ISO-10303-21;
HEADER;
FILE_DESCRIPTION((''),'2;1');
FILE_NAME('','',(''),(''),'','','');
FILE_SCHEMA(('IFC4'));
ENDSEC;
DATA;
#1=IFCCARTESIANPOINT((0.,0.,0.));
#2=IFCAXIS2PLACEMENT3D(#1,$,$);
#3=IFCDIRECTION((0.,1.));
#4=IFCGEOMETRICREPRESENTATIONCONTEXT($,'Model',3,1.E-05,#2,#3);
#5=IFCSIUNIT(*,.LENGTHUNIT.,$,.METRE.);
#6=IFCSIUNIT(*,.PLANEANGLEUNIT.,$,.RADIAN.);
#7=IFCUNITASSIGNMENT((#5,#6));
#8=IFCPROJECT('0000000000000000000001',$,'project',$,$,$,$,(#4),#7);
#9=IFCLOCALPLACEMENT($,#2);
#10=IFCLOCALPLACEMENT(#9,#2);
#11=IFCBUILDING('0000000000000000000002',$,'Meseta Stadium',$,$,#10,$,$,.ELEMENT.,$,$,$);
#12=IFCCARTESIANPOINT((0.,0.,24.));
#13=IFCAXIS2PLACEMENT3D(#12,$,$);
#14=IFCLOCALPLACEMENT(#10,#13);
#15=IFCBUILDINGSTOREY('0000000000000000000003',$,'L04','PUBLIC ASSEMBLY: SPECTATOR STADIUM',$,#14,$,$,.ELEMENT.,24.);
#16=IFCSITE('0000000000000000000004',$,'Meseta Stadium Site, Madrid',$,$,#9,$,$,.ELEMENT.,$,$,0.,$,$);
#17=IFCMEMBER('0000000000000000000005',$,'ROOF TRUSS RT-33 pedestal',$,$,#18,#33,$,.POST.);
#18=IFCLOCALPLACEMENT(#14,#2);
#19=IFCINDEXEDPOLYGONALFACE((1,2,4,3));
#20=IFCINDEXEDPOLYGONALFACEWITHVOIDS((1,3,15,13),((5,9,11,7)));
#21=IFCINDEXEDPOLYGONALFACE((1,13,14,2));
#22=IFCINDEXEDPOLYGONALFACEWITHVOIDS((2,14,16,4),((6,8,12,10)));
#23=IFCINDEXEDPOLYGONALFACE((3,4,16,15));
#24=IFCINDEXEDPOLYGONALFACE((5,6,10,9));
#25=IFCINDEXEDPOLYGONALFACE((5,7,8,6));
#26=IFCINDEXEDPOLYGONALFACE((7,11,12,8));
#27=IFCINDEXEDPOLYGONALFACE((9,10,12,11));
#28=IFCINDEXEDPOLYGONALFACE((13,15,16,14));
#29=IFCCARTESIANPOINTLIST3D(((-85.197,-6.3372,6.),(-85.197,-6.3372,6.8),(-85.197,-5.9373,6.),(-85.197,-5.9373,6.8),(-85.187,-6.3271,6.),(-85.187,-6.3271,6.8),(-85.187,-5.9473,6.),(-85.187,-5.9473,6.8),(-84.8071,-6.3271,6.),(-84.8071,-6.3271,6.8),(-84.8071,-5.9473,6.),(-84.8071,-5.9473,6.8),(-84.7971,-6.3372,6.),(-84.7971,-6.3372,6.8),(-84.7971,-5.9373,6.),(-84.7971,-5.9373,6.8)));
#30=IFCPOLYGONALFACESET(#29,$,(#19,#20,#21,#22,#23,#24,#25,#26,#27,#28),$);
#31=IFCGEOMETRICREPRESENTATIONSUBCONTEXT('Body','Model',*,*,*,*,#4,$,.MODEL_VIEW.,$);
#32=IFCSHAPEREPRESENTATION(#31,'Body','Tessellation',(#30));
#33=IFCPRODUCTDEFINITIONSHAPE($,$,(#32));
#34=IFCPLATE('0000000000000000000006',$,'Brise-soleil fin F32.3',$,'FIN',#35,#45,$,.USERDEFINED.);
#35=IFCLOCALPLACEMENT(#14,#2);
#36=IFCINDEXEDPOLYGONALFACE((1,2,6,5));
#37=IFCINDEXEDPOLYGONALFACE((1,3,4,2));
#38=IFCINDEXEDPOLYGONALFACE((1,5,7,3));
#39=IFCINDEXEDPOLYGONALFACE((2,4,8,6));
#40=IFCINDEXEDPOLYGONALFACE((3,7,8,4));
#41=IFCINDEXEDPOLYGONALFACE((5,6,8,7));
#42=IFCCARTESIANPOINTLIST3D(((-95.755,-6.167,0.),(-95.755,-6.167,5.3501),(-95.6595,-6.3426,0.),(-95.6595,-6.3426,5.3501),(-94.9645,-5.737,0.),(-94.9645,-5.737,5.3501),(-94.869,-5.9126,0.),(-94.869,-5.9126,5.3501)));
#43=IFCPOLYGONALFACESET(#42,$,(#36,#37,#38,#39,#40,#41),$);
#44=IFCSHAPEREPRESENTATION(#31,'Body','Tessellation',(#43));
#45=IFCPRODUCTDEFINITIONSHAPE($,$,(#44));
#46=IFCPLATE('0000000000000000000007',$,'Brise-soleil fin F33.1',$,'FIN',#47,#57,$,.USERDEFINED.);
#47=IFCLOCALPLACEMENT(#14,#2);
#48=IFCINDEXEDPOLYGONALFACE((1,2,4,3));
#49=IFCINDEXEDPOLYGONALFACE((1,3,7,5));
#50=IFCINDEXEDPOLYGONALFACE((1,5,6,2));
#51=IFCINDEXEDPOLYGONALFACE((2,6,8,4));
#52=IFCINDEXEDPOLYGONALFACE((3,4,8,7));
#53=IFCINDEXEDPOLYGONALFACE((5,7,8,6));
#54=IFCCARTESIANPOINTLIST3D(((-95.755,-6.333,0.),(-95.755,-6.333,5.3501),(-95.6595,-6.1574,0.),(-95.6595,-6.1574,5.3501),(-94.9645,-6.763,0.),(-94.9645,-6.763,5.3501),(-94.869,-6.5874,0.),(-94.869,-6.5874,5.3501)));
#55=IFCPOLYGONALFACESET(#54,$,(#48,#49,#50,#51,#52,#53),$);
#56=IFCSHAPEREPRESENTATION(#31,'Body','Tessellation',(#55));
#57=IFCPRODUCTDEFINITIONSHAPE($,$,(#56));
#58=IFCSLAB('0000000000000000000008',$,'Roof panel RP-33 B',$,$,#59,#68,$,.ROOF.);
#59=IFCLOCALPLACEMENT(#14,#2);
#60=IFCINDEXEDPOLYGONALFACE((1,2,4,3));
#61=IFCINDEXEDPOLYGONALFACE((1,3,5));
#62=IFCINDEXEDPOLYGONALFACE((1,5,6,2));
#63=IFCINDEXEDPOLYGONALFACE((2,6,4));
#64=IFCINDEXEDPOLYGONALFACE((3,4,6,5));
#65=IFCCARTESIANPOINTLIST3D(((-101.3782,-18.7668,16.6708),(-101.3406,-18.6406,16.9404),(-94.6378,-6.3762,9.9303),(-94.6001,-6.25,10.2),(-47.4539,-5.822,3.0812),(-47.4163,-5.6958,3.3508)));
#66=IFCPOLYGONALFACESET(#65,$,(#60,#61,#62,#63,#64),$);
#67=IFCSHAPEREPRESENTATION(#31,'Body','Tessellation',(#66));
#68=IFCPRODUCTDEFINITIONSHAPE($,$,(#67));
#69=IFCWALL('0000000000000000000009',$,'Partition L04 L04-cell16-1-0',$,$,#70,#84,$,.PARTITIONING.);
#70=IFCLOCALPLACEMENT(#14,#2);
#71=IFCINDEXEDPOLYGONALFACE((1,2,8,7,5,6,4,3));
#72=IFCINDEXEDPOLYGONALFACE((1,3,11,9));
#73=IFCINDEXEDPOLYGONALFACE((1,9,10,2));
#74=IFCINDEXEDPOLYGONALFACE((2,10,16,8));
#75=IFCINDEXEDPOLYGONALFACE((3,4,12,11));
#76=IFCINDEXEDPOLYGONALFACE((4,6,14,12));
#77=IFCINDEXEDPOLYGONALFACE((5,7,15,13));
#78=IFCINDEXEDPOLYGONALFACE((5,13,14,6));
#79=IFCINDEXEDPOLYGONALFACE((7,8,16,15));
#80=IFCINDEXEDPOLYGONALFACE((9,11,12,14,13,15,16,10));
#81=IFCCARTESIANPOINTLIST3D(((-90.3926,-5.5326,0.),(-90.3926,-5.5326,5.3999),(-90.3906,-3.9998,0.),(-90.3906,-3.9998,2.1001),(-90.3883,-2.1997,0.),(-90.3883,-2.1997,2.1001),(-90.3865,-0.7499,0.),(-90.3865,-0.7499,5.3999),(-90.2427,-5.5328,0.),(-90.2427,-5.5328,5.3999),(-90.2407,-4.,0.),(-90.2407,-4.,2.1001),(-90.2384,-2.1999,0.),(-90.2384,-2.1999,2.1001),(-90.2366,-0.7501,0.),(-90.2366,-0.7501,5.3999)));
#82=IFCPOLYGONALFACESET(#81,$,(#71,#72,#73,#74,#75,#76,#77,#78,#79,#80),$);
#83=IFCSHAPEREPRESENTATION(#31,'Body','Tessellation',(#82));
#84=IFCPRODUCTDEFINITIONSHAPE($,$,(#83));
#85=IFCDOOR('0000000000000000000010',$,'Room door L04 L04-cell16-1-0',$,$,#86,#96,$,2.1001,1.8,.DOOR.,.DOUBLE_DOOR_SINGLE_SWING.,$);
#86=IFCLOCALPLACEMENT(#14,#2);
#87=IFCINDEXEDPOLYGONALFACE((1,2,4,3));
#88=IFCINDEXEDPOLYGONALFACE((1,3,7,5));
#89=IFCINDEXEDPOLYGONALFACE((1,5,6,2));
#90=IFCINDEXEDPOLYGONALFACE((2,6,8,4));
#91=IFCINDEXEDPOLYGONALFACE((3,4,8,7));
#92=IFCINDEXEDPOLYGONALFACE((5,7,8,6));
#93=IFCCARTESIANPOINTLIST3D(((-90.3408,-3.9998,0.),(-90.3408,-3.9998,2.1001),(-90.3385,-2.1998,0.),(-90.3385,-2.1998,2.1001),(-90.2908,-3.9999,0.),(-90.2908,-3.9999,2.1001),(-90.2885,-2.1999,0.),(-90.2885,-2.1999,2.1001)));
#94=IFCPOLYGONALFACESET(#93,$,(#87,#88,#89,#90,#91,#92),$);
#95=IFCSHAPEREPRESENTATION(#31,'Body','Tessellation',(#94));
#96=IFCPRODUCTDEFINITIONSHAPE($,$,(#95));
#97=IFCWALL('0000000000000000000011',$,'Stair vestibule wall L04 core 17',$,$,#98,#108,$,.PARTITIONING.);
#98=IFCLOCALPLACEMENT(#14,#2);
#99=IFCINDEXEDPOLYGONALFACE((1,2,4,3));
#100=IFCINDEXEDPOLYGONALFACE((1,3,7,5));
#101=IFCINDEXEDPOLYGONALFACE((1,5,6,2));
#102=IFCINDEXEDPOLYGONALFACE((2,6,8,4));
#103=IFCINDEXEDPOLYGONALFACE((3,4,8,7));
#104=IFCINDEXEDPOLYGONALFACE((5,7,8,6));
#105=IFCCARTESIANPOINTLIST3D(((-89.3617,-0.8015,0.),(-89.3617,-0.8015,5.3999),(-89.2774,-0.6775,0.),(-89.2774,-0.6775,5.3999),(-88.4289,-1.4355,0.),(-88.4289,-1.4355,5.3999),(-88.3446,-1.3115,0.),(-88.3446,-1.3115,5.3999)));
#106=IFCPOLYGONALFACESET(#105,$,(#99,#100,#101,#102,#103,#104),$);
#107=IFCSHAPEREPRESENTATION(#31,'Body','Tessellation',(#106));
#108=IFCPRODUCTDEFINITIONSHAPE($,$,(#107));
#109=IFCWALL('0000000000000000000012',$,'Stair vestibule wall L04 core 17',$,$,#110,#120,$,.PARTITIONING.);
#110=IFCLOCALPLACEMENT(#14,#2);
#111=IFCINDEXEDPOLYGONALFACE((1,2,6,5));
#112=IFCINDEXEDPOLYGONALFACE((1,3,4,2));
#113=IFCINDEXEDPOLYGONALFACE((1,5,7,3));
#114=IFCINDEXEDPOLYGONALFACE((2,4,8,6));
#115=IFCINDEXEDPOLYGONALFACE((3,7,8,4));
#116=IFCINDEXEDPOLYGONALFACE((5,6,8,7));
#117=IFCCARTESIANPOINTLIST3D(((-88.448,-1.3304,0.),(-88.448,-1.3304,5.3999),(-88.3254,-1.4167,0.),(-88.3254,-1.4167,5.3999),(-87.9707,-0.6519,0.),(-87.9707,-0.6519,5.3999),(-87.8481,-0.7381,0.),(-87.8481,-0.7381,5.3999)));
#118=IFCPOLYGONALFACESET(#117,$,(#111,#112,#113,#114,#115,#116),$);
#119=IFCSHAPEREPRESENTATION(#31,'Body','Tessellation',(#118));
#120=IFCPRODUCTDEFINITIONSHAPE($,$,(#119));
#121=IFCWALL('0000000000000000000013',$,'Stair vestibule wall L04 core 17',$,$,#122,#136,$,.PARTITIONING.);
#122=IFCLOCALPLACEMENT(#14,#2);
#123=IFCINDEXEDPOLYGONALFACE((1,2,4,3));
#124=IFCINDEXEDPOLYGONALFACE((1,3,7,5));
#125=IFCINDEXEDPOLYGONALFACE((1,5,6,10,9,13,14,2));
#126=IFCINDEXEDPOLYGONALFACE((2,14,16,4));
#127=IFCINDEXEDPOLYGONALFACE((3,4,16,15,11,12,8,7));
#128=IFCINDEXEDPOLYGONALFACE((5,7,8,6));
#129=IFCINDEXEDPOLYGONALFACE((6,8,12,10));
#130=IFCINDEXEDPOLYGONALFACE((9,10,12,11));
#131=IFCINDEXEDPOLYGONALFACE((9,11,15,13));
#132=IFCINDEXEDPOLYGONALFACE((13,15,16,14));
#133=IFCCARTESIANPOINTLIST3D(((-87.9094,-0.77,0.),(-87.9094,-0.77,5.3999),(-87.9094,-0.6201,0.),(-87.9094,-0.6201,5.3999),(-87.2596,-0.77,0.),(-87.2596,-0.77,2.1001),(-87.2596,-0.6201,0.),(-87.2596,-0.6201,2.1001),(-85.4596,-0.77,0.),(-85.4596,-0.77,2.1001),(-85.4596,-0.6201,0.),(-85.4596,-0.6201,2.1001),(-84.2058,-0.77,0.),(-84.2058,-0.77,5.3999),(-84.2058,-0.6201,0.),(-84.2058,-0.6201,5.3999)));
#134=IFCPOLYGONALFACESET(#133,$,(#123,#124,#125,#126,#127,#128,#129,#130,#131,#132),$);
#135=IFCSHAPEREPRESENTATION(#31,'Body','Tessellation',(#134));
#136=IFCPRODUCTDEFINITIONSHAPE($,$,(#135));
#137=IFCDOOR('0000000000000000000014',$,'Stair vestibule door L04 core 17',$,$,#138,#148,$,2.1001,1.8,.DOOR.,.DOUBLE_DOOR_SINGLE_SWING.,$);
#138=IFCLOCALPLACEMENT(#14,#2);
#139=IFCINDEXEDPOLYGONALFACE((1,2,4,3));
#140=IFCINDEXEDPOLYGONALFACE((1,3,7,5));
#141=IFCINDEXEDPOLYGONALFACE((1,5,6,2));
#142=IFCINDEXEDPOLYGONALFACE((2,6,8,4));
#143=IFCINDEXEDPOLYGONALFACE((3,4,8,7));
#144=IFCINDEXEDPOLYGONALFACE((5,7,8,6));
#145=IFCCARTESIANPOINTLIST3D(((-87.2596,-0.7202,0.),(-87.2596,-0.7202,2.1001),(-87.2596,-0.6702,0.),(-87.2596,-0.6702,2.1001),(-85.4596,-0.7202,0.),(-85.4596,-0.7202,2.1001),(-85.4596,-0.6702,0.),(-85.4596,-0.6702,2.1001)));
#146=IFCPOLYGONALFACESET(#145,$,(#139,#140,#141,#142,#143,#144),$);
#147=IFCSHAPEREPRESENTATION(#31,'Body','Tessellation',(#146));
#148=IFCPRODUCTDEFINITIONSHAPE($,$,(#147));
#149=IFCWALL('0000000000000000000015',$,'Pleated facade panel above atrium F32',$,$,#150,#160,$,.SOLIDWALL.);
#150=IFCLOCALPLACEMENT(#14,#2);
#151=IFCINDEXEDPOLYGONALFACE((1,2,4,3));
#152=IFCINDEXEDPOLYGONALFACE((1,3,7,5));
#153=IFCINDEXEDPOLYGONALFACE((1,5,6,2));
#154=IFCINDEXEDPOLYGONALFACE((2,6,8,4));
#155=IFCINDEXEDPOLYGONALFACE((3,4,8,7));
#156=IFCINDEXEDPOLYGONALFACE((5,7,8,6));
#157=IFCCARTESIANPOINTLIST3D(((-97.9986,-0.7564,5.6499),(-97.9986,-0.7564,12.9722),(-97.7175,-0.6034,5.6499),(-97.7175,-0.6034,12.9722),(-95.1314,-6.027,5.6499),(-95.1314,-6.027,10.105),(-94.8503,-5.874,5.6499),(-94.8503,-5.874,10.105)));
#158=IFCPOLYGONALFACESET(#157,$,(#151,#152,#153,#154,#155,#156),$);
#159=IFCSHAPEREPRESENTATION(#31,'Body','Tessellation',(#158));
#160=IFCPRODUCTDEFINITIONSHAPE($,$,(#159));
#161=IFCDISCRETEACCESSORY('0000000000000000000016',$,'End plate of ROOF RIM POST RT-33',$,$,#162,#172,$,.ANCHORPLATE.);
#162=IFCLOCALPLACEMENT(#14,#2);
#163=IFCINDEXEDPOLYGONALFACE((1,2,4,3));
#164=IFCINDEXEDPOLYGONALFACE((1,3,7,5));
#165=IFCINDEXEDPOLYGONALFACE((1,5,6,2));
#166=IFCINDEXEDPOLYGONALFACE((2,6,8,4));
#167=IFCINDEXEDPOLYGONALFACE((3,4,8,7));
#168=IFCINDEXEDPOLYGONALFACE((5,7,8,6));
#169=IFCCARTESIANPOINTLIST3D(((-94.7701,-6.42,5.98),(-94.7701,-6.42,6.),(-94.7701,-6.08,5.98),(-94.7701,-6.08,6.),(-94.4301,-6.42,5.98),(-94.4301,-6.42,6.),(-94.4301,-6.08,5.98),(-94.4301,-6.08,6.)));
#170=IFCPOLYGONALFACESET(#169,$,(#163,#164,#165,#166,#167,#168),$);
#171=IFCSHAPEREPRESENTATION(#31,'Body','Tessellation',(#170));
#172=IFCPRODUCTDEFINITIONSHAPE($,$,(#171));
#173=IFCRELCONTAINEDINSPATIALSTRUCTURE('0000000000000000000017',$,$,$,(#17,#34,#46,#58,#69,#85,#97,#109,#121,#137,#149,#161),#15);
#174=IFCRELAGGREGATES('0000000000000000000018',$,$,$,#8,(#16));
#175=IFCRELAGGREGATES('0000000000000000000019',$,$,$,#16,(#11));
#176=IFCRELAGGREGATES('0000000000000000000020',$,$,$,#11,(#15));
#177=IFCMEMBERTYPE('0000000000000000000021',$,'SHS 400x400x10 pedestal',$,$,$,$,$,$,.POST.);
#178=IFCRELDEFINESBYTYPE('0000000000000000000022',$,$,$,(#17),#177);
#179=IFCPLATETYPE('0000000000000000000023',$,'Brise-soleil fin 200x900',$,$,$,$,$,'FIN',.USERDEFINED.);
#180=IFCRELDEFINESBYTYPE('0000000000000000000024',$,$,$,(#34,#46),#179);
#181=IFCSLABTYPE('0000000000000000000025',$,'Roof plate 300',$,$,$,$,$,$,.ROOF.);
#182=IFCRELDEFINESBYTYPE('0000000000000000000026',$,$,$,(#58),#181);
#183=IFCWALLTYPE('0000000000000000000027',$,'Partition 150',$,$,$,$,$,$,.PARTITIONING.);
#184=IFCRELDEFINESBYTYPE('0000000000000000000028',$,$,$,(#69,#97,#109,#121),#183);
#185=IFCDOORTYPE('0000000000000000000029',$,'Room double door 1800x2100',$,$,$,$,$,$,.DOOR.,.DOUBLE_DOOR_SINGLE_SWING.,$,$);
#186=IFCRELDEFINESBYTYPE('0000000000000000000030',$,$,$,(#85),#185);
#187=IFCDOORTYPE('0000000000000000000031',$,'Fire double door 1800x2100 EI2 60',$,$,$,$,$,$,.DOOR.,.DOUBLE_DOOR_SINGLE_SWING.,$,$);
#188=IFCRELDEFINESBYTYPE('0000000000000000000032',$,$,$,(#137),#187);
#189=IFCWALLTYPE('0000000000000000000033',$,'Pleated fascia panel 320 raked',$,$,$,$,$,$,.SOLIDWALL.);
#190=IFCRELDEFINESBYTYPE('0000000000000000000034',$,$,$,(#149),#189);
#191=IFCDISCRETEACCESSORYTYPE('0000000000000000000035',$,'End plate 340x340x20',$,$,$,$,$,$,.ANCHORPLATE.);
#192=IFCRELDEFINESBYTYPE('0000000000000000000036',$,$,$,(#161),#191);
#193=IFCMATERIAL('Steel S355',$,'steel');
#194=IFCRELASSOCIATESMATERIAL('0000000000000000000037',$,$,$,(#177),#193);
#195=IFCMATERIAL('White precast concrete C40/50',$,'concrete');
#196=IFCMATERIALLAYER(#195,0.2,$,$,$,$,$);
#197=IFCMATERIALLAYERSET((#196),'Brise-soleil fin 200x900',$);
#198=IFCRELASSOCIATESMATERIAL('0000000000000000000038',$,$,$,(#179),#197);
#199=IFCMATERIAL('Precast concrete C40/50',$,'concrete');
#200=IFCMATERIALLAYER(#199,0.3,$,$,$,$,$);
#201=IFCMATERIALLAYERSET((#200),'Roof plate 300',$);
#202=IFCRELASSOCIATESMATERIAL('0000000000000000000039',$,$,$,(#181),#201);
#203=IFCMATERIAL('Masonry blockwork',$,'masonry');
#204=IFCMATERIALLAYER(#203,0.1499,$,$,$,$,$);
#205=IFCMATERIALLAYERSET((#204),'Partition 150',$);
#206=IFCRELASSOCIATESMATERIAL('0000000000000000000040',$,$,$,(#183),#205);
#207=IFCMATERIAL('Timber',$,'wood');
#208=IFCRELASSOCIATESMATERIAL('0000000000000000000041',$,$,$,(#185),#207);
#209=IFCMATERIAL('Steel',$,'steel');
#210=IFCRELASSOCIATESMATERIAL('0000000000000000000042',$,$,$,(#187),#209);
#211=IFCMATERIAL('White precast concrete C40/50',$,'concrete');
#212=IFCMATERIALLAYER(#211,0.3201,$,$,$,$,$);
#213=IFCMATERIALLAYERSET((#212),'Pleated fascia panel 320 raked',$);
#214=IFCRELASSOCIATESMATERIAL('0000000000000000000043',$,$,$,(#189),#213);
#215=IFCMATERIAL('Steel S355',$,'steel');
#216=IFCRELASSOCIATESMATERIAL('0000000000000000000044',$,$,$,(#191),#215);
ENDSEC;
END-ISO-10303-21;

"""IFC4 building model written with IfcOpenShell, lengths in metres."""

from ifc_helpers import new_model, si_unit, direction, frame, frame_2d, origin, origin_2d, place, context, subcontext, project, spatial, polyline, rectangle, hollow_rectangle, outline, extrude, material, layer, layer_set, material_profile, profile_set, type_object, element, fill, save


model = new_model("IFC4")

# Units and contexts
model_context = context("Model", 3, precision=1e-05, world=origin(), true_north=direction((0.0, 1.0)))
body_context = subcontext(model_context, "Body", "Model", "MODEL_VIEW")
ifc_project = project(units=[si_unit("LENGTHUNIT", "METRE"), si_unit("PLANEANGLEUNIT", "RADIAN")], contexts=[model_context])

# Site, building, storey
site_placement = place(None, origin())
site = spatial("IfcSite", under=ifc_project, at=site_placement, Name="Meseta Stadium Site, Madrid", CompositionType="ELEMENT", RefElevation=0.0)
building_placement = place(site_placement, origin())
building = spatial("IfcBuilding", under=site, at=building_placement, Name="Meseta Stadium", CompositionType="ELEMENT")
storey_placement = place(building_placement, frame((0.0, 0.0, 24.0)))
storey = spatial("IfcBuildingStorey", under=building, at=storey_placement, Name="L04", Description="PUBLIC ASSEMBLY: SPECTATOR STADIUM", CompositionType="ELEMENT", Elevation=24.0)

# Member
ifc_material_1 = material(Name="Steel S355", Category="steel")
ifc_material_profile_1 = material_profile(ifc_material_1, hollow_rectangle(XDim=0.3999, YDim=0.3999, WallThickness=0.01, at=origin_2d()), Name="SHS 400x400x10")
ifc_profile_set_1 = profile_set([ifc_material_profile_1], Name="Steel S355")
member_type_1 = type_object("IfcMemberType", Name="SHS 400x400x10 pedestal", PredefinedType="POST", material=ifc_profile_set_1)
member_1_placement = place(storey_placement, frame((-84.9971, -6.1372, 6.0), z_axis=(0.0, 0.0, 1.0), x_axis=(1.0, 0.0, 0.0)))
element("IfcMember", 1, at=member_1_placement, inside=storey, type_object=member_type_1, Name="ROOF TRUSS RT-33 pedestal", PredefinedType="POST", context=body_context, shape_type="SweptSolid", body=[
    extrude(hollow_rectangle(XDim=0.3999, YDim=0.3999, WallThickness=0.01, at=origin_2d()), origin(), (0.0, 0.0, 1.0), 0.8),
])

# Plates
ifc_material_2 = material(Name="White precast concrete C40/50", Category="concrete")
ifc_layer_1 = layer(ifc_material_2, 0.2)
ifc_layer_set_1 = layer_set([ifc_layer_1], Name="Brise-soleil fin 200x900")
plate_type = type_object("IfcPlateType", Name="Brise-soleil fin 200x900", ElementType="FIN", PredefinedType="USERDEFINED", material=ifc_layer_set_1)
for number, where, z_axis, x_axis, name in (
    (2, (-95.312, -6.0398, 0.0), (0.0, 0.0, 1.0), (0.477867, -0.878432, 0.0), "Brise-soleil fin F32.3"),
    (3, (-95.312, -6.4602, 0.0), (0.0, 0.0, 1.0), (-0.477867, -0.878432, 0.0), "Brise-soleil fin F33.1"),
):
    element("IfcPlate", number, at=place(storey_placement, frame(where, z_axis=z_axis, x_axis=x_axis)), inside=storey, type_object=plate_type, Name=name, ObjectType="FIN", PredefinedType="USERDEFINED", context=body_context, shape_type="SweptSolid", body=[
        extrude(rectangle(XDim=0.2, YDim=0.8999, at=origin_2d()), origin(), (0.0, 0.0, 1.0), 5.3501),
    ])

# Slab
ifc_material_3 = material(Name="Precast concrete C40/50", Category="concrete")
ifc_layer_2 = layer(ifc_material_3, 0.3)
ifc_layer_set_2 = layer_set([ifc_layer_2], Name="Roof plate 300")
slab_type = type_object("IfcSlabType", Name="Roof plate 300", PredefinedType="ROOF", material=ifc_layer_set_2)
slab_placement = place(storey_placement, frame((-94.6001, -6.25, 10.2), z_axis=(0.125493, 0.420543, 0.898552), x_axis=(0.989561, 0.011623, -0.143643)))
element("IfcSlab", 4, at=slab_placement, inside=storey, type_object=slab_type, Name="Roof panel RP-33 B", PredefinedType="ROOF", context=body_context, shape_type="SweptSolid", body=[
    extrude(outline(polyline([(0.0, 0.0), (47.6816, 0.0), (-7.7824, -13.5584), (0.0, 0.0)])), origin(), (0.0, 0.0, -1.0), 0.3),
])

# Wall, opening, door
ifc_material_4 = material(Name="Masonry blockwork", Category="masonry")
ifc_layer_3 = layer(ifc_material_4, 0.1499)
ifc_layer_set_3 = layer_set([ifc_layer_3], Name="Partition 150")
wall_type_1 = type_object("IfcWallType", Name="Partition 150", PredefinedType="PARTITIONING", material=ifc_layer_set_3)
wall_1_placement = place(storey_placement, frame((-90.3115, -0.75, 0.0), z_axis=(0.0, 0.0, 1.0), x_axis=(-0.001276, -0.999999, 0.0)))
wall_1 = element("IfcWall", 5, at=wall_1_placement, inside=storey, type_object=wall_type_1, Name="Partition L04 L04-cell16-1-0", PredefinedType="PARTITIONING", context=body_context, shape_type="SweptSolid", body=[
    extrude(rectangle(XDim=4.7827, YDim=0.1499, at=frame_2d((2.3914, 0.0))), origin(), (0.0, 0.0, 1.0), 5.3999),
])
opening_1_placement = place(wall_1_placement, frame((1.45, 0.0, 0.0)))
opening_1 = element("IfcOpeningElement", 6, at=opening_1_placement, cuts=wall_1, PredefinedType="OPENING", context=body_context, shape_type="SweptSolid", body=[
    extrude(rectangle(XDim=1.8, YDim=2.1001, at=frame_2d((0.8999, 1.05))), frame((0.0, 0.085, 0.0), z_axis=(0.0, -1.0, 0.0), x_axis=(1.0, 0.0, 0.0)), (0.0, 0.0, 1.0), 0.1699),
])
ifc_material_5 = material(Name="Timber", Category="wood")
door_type_1 = type_object("IfcDoorType", Name="Room double door 1800x2100", OperationType="DOUBLE_DOOR_SINGLE_SWING", PredefinedType="DOOR", material=ifc_material_5)
door_1_placement = place(opening_1_placement, origin())
door_1 = element("IfcDoor", 7, at=door_1_placement, inside=storey, type_object=door_type_1, Name="Room door L04 L04-cell16-1-0", OperationType="DOUBLE_DOOR_SINGLE_SWING", OverallHeight=2.1001, OverallWidth=1.8, PredefinedType="DOOR", context=body_context, shape_type="SweptSolid", body=[
    extrude(rectangle(XDim=1.8, YDim=2.1001, at=frame_2d((0.8999, 1.05))), frame((0.0, 0.0249, 0.0), z_axis=(0.0, -1.0, 0.0), x_axis=(1.0, 0.0, 0.0)), (0.0, 0.0, 1.0), 0.05),
])
fill(opening_1, door_1)

# Walls
wall_2_placement = place(storey_placement, frame((-89.3196, -0.7395, 0.0), z_axis=(0.0, 0.0, 1.0), x_axis=(0.827055, -0.562121, 0.0)))
element("IfcWall", 8, at=wall_2_placement, inside=storey, type_object=wall_type_1, Name="Stair vestibule wall L04 core 17", PredefinedType="PARTITIONING", context=body_context, shape_type="SweptSolid", body=[
    extrude(rectangle(XDim=1.1279, YDim=0.1499, at=frame_2d((0.564, 0.0))), origin(), (0.0, 0.0, 1.0), 5.3999),
])
wall_3_placement = place(storey_placement, frame((-88.3867, -1.3735, 0.0), z_axis=(0.0, 0.0, 1.0), x_axis=(0.575377, 0.817888, 0.0)))
element("IfcWall", 9, at=wall_3_placement, inside=storey, type_object=wall_type_1, Name="Stair vestibule wall L04 core 17", PredefinedType="PARTITIONING", context=body_context, shape_type="SweptSolid", body=[
    extrude(rectangle(XDim=0.8296, YDim=0.1499, at=frame_2d((0.4148, 0.0))), origin(), (0.0, 0.0, 1.0), 5.3999),
])

# Wall, opening, door
wall_4_placement = place(storey_placement, frame((-87.9094, -0.6951, 0.0), z_axis=(0.0, 0.0, 1.0), x_axis=(1.0, 0.0, 0.0)))
wall_4 = element("IfcWall", 10, at=wall_4_placement, inside=storey, type_object=wall_type_1, Name="Stair vestibule wall L04 core 17", PredefinedType="PARTITIONING", context=body_context, shape_type="SweptSolid", body=[
    extrude(rectangle(XDim=3.7036, YDim=0.1499, at=frame_2d((1.8518, 0.0))), origin(), (0.0, 0.0, 1.0), 5.3999),
])
opening_2_placement = place(wall_4_placement, frame((0.6499, 0.0, 0.0)))
opening_2 = element("IfcOpeningElement", 11, at=opening_2_placement, cuts=wall_4, PredefinedType="OPENING", context=body_context, shape_type="SweptSolid", body=[
    extrude(rectangle(XDim=1.8, YDim=2.1001, at=frame_2d((0.8999, 1.05))), frame((0.0, 0.085, 0.0), z_axis=(0.0, -1.0, 0.0), x_axis=(1.0, 0.0, 0.0)), (0.0, 0.0, 1.0), 0.1699),
])
ifc_material_6 = material(Name="Steel", Category="steel")
door_type_2 = type_object("IfcDoorType", Name="Fire double door 1800x2100 EI2 60", OperationType="DOUBLE_DOOR_SINGLE_SWING", PredefinedType="DOOR", material=ifc_material_6)
door_2_placement = place(opening_2_placement, origin())
door_2 = element("IfcDoor", 12, at=door_2_placement, inside=storey, type_object=door_type_2, Name="Stair vestibule door L04 core 17", OperationType="DOUBLE_DOOR_SINGLE_SWING", OverallHeight=2.1001, OverallWidth=1.8, PredefinedType="DOOR", context=body_context, shape_type="SweptSolid", body=[
    extrude(rectangle(XDim=1.8, YDim=2.1001, at=frame_2d((0.8999, 1.05))), frame((0.0, 0.0249, 0.0), z_axis=(0.0, -1.0, 0.0), x_axis=(1.0, 0.0, 0.0)), (0.0, 0.0, 1.0), 0.05),
])
fill(opening_2, door_2)

# Wall
ifc_material_7 = material(Name="White precast concrete C40/50", Category="concrete")
ifc_layer_4 = layer(ifc_material_7, 0.3201)
ifc_layer_set_4 = layer_set([ifc_layer_4], Name="Pleated fascia panel 320 raked")
wall_type_2 = type_object("IfcWallType", Name="Pleated fascia panel 320 raked", PredefinedType="SOLIDWALL", material=ifc_layer_set_4)
wall_5_placement = place(storey_placement, frame((-94.9907, -5.9504, 5.6499), z_axis=(0.0, 0.0, 1.0), x_axis=(-0.477871, 0.87843, 0.0)))
element("IfcWall", 13, at=wall_5_placement, inside=storey, type_object=wall_type_2, Name="Pleated facade panel above atrium F32", PredefinedType="SOLIDWALL", context=body_context, shape_type="SweptSolid", body=[
    extrude(outline(polyline([(0.0, 0.0), (6.0, 0.0), (6.0, 7.3223), (0.0, 4.4551), (0.0, 0.0)])), frame((0.0, 0.1602, 0.0), z_axis=(0.0, -1.0, 0.0), x_axis=(1.0, 0.0, 0.0)), (0.0, 0.0, 1.0), 0.3201),
])

# Discrete accessory
ifc_material_8 = material(Name="Steel S355", Category="steel")
ifc_material_profile_2 = material_profile(ifc_material_8, rectangle(XDim=0.3401, YDim=0.3401, at=origin_2d()), Name="PL 340x340")
ifc_profile_set_2 = profile_set([ifc_material_profile_2], Name="Steel S355")
discrete_accessory_type = type_object("IfcDiscreteAccessoryType", Name="End plate 340x340x20", PredefinedType="ANCHORPLATE", material=ifc_profile_set_2)
discrete_accessory_placement = place(storey_placement, frame((-94.6001, -6.25, 5.98), z_axis=(0.0, 0.0, 1.0), x_axis=(1.0, 0.0, 0.0)))
element("IfcDiscreteAccessory", 14, at=discrete_accessory_placement, inside=storey, type_object=discrete_accessory_type, Name="End plate of ROOF RIM POST RT-33", PredefinedType="ANCHORPLATE", context=body_context, shape_type="SweptSolid", body=[
    extrude(rectangle(XDim=0.3401, YDim=0.3401, at=origin_2d()), origin(), (0.0, 0.0, 1.0), 0.02),
])

save(model, "model.ifc")
